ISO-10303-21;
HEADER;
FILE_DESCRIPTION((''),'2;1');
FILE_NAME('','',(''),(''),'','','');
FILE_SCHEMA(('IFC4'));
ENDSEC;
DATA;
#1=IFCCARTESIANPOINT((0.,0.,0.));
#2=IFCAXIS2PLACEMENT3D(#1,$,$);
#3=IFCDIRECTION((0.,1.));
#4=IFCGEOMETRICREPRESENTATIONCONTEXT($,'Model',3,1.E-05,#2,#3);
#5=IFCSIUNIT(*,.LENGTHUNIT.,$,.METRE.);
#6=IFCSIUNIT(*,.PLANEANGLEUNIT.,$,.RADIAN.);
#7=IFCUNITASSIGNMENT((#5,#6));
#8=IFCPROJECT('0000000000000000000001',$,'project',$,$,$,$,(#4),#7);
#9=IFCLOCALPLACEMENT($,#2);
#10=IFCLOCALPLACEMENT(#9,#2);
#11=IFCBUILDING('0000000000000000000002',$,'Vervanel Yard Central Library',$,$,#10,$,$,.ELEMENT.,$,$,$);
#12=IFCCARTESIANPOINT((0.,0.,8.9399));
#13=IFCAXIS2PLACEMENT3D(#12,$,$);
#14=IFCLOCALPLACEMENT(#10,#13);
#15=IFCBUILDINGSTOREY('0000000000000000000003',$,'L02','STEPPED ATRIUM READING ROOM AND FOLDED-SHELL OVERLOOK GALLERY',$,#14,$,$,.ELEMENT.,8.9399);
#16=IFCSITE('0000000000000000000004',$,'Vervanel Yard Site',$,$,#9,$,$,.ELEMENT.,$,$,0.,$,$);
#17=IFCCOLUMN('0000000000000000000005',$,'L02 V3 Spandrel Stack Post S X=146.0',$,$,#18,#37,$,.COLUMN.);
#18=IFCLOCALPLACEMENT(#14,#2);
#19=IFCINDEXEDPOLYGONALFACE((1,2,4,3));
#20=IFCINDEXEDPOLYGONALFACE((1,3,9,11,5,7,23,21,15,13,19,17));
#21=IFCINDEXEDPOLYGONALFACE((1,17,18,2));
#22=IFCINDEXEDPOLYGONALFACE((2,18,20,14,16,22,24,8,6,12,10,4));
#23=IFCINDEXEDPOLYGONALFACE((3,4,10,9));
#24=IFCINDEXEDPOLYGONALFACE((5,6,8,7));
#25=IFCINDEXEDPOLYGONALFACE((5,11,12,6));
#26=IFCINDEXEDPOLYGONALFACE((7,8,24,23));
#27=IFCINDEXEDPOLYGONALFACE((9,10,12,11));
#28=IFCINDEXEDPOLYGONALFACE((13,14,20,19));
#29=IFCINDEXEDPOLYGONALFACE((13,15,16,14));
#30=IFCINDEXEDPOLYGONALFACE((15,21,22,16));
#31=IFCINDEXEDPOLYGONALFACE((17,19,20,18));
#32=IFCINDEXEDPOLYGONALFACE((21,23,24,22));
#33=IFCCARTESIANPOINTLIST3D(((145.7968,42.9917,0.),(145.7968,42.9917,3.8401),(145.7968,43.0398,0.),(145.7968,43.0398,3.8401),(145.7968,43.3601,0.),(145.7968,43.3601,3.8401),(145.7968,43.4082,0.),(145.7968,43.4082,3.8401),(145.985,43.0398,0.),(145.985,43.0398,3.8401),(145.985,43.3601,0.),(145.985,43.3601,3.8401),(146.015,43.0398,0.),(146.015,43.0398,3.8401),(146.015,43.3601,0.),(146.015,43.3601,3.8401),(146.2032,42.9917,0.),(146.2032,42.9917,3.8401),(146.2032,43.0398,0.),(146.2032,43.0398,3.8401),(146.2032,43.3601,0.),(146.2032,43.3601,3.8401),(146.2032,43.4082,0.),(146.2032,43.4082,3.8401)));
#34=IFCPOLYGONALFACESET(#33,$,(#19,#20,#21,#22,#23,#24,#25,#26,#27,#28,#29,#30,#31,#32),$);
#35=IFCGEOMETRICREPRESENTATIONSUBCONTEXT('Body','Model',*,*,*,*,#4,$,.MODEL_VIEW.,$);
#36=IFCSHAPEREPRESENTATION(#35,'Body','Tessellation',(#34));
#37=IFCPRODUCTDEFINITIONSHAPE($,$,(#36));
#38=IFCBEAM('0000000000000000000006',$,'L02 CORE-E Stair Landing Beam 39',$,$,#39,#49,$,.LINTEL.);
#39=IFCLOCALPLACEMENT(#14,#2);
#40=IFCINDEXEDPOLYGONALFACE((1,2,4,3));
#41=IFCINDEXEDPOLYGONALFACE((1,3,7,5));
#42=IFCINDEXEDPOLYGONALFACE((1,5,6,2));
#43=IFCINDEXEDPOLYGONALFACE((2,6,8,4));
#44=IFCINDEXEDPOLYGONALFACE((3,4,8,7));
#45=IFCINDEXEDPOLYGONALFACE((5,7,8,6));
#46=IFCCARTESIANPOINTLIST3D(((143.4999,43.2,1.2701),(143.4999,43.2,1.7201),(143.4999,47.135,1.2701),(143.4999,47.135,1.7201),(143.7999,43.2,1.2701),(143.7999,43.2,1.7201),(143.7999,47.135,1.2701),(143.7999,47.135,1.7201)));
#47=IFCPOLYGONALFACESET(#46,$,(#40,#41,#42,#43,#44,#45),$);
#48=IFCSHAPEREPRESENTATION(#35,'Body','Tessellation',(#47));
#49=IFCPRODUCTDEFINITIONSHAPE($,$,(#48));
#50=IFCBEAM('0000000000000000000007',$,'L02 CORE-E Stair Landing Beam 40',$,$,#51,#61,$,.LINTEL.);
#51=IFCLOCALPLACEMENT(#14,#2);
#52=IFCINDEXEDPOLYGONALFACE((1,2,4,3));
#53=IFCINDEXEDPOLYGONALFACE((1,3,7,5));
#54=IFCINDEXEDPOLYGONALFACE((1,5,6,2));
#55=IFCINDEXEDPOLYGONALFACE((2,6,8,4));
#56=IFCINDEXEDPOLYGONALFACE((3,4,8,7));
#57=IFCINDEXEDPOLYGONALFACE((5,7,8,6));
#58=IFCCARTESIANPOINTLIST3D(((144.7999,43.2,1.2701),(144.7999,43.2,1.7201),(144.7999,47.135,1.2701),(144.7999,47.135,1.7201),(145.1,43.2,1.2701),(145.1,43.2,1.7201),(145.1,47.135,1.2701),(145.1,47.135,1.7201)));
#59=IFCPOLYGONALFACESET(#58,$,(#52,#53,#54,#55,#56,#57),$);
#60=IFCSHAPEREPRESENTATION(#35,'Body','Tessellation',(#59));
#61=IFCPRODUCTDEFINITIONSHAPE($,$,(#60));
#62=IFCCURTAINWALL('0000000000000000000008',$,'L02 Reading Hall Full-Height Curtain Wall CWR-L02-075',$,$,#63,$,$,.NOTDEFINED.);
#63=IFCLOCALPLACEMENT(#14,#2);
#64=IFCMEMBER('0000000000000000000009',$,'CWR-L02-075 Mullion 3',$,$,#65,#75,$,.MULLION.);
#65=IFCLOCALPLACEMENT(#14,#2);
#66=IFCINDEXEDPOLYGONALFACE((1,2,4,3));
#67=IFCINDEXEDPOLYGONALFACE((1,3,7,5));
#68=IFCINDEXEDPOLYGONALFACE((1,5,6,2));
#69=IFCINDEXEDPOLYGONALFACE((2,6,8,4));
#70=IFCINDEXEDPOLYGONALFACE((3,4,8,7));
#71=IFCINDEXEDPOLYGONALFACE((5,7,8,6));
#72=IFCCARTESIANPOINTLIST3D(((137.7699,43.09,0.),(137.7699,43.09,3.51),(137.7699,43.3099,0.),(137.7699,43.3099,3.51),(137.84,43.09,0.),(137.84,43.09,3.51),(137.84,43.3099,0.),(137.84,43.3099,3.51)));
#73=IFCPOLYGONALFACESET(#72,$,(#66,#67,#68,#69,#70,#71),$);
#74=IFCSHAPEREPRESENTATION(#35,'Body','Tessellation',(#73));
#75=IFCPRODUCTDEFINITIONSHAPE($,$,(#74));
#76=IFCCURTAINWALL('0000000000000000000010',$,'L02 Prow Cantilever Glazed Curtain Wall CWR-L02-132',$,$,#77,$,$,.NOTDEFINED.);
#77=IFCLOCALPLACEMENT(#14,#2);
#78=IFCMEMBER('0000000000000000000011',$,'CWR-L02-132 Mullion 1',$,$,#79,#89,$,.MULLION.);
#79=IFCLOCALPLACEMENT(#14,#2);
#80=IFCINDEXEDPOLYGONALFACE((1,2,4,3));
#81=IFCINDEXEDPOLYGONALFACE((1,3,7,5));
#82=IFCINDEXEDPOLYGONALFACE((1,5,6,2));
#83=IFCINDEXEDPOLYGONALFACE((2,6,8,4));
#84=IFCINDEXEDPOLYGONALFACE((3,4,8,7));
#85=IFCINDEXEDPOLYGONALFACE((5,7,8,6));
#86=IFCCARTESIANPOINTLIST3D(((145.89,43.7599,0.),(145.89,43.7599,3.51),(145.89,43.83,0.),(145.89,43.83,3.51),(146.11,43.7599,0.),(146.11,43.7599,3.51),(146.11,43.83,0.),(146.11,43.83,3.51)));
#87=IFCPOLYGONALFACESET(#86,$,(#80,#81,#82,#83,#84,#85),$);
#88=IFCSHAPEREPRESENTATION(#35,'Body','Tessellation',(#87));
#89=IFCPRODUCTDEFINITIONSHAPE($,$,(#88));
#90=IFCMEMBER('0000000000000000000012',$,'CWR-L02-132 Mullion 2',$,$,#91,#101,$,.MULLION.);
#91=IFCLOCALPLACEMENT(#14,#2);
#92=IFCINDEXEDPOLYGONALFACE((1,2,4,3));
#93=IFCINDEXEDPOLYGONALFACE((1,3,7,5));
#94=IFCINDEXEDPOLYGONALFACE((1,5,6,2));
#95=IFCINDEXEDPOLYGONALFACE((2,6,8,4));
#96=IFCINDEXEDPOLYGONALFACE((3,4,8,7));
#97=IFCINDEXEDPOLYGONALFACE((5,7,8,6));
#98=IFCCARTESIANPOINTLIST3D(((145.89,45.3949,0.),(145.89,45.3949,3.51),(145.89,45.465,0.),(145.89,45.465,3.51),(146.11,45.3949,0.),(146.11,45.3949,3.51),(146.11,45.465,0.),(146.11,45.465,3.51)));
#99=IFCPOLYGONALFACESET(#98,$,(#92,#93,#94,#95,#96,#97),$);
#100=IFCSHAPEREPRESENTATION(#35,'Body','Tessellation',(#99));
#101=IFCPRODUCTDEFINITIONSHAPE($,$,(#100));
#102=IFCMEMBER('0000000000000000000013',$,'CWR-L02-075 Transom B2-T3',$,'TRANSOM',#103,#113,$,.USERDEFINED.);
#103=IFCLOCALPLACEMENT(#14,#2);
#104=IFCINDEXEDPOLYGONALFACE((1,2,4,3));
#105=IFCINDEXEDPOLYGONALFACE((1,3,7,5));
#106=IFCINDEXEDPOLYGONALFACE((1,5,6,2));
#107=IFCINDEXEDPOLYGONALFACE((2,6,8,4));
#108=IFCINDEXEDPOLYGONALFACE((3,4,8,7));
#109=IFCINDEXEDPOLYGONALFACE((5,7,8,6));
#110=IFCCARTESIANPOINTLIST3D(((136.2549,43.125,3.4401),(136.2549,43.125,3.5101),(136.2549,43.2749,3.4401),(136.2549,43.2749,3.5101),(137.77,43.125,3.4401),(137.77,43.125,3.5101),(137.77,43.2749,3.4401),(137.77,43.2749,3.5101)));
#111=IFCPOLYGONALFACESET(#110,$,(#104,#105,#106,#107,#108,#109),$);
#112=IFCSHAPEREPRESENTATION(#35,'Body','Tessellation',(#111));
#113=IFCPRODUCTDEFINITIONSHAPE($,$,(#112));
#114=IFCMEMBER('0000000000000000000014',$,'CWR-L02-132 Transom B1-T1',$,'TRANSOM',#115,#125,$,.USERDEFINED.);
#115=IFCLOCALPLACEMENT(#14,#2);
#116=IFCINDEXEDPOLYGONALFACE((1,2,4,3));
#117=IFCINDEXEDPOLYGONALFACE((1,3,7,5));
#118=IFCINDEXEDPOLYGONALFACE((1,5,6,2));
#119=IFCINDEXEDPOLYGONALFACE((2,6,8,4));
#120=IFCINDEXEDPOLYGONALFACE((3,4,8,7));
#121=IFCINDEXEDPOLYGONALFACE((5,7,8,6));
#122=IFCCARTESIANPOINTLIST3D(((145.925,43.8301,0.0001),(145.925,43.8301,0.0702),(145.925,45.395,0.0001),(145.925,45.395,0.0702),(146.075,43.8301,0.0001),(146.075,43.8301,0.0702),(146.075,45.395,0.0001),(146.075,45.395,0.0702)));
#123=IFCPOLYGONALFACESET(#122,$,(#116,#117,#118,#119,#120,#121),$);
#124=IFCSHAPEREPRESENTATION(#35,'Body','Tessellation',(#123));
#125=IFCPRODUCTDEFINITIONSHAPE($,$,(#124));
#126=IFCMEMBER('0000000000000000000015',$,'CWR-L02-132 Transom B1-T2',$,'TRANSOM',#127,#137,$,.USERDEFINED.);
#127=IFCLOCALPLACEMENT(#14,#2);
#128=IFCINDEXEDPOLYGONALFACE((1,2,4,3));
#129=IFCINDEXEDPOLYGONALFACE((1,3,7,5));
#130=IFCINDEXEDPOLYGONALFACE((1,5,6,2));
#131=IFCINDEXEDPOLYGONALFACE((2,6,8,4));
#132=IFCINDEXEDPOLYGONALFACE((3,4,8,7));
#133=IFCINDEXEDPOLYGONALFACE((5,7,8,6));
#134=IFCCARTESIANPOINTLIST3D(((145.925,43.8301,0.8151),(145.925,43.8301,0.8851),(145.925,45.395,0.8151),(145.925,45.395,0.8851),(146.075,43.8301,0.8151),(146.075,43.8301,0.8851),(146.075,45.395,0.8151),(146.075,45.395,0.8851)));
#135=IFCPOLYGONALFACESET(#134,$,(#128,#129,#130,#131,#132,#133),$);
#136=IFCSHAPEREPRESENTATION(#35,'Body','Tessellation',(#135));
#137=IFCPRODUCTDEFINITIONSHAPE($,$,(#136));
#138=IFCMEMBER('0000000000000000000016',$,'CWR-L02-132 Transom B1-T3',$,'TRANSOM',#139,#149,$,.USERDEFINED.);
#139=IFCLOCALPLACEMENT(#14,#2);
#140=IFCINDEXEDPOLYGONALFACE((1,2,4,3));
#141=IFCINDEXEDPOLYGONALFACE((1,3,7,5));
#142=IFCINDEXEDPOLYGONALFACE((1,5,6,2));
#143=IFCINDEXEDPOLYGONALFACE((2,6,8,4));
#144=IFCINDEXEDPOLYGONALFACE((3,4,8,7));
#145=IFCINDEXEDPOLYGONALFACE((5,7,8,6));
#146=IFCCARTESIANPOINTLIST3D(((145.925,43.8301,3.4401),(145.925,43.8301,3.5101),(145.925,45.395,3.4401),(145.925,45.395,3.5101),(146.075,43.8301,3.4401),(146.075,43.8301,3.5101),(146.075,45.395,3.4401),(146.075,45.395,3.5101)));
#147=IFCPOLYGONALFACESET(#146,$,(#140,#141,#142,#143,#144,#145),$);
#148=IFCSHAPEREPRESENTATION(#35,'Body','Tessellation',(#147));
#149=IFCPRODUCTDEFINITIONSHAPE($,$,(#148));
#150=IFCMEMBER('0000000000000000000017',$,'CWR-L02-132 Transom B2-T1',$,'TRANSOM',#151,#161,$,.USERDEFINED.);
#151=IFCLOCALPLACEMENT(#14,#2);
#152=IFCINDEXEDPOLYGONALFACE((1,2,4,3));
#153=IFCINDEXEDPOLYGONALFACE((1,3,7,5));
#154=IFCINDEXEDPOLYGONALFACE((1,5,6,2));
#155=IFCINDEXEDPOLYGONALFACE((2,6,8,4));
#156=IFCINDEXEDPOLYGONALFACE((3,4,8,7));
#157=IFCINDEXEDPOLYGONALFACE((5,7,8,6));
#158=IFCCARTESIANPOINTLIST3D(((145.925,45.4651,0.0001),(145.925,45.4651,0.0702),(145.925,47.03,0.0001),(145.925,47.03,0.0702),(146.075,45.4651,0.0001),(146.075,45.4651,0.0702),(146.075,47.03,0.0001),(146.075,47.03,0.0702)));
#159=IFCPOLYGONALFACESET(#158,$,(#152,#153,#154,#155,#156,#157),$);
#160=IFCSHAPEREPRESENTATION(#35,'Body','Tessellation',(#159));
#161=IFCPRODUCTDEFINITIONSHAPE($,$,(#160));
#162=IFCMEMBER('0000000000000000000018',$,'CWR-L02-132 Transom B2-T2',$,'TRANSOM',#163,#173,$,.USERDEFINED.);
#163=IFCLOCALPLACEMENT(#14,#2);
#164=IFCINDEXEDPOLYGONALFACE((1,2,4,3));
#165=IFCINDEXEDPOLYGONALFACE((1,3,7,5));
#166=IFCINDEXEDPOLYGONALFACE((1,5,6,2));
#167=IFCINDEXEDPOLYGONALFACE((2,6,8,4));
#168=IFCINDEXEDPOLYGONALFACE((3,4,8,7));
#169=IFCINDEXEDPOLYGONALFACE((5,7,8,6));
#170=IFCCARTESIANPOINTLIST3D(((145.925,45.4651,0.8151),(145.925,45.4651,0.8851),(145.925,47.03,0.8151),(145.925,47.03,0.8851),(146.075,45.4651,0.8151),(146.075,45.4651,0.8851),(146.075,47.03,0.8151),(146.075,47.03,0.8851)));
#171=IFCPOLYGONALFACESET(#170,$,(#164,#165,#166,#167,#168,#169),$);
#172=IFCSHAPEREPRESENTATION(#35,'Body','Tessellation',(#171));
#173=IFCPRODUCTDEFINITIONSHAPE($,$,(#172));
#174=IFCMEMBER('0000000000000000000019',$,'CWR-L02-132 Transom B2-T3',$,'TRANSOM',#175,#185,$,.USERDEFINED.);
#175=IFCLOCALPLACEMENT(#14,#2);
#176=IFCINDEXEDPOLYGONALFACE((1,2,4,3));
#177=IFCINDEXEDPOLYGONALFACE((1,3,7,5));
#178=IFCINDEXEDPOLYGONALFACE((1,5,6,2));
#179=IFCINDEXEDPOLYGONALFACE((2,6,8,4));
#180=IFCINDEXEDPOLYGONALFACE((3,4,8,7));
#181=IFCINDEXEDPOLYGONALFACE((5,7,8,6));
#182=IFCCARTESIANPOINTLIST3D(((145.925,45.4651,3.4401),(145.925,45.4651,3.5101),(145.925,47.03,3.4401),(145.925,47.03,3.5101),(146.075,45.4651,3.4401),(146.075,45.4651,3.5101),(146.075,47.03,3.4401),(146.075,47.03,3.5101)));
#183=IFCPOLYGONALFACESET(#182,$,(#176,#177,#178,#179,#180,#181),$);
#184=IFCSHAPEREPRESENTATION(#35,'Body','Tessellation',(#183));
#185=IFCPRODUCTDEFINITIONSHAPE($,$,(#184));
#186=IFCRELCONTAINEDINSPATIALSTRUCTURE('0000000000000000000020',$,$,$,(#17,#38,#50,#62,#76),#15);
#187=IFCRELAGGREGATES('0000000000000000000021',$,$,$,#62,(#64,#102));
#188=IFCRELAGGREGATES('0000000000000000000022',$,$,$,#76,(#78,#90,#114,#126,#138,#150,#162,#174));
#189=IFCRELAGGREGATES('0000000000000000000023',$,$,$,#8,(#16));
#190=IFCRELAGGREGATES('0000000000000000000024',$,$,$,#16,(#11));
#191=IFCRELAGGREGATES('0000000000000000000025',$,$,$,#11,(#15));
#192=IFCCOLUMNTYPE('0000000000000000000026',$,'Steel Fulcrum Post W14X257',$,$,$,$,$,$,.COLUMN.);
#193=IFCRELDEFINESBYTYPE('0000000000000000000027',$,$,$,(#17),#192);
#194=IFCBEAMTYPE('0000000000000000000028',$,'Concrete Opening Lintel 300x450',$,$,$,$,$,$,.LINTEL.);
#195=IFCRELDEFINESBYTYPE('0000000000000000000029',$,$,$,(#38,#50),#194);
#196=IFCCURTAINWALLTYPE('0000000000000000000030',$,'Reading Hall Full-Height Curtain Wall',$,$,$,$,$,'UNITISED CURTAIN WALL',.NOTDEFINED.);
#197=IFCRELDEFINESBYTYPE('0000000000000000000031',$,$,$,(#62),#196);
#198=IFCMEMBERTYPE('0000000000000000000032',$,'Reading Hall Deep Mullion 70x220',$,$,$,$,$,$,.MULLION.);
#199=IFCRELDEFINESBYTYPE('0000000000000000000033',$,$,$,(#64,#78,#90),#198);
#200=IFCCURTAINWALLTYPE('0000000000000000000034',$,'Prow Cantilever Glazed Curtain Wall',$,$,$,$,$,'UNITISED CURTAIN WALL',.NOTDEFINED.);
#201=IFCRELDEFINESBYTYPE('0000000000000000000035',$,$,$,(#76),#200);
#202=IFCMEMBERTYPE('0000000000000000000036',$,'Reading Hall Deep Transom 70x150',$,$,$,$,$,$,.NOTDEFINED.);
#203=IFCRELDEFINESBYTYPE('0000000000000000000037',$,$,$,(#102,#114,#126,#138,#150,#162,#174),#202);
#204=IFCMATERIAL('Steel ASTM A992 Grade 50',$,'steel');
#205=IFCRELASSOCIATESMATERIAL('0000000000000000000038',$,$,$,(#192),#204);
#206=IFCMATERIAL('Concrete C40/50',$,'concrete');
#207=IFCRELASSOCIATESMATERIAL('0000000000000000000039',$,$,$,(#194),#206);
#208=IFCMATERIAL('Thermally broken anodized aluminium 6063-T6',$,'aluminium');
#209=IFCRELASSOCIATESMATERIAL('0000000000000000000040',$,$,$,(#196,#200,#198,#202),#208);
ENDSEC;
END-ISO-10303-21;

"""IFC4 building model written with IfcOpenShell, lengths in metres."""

from ifc_helpers import new_model, si_unit, direction, frame, origin, origin_2d, place, context, subcontext, project, spatial, rectangle, i_section, extrude, material, material_profile, profile_set, type_object, element, aggregate, save


model = new_model("IFC4")

# Units and contexts
model_context = context("Model", 3, precision=1e-05, world=origin(), true_north=direction((0.0, 1.0)))
body_context = subcontext(model_context, "Body", "Model", "MODEL_VIEW")
ifc_project = project(units=[si_unit("LENGTHUNIT", "METRE"), si_unit("PLANEANGLEUNIT", "RADIAN")], contexts=[model_context])

# Site, building, storey
site_placement = place(None, origin())
site = spatial("IfcSite", under=ifc_project, at=site_placement, Name="Vervanel Yard Site", CompositionType="ELEMENT", RefElevation=0.0)
building_placement = place(site_placement, origin())
building = spatial("IfcBuilding", under=site, at=building_placement, Name="Vervanel Yard Central Library", CompositionType="ELEMENT")
storey_placement = place(building_placement, frame((0.0, 0.0, 8.9399)))
storey = spatial("IfcBuildingStorey", under=building, at=storey_placement, Name="L02", Description="STEPPED ATRIUM READING ROOM AND FOLDED-SHELL OVERLOOK GALLERY", CompositionType="ELEMENT", Elevation=8.9399)

# Column
ifc_material_1 = material(Name="Steel ASTM A992 Grade 50", Category="steel")
ifc_material_profile_1 = material_profile(ifc_material_1, i_section(OverallWidth=0.4065, OverallDepth=0.4165, WebThickness=0.03, FlangeThickness=0.0481, at=origin_2d()), Name="W14X257", Category="steel")
ifc_profile_set_1 = profile_set([ifc_material_profile_1], Name="Steel ASTM A992 Grade 50")
column_type = type_object("IfcColumnType", Name="Steel Fulcrum Post W14X257", PredefinedType="COLUMN", material=ifc_profile_set_1)
column_placement = place(storey_placement, frame((146.0, 43.2, 0.0), z_axis=(0.0, 0.0, 1.0), x_axis=(1.0, 0.0, 0.0)))
element("IfcColumn", 1, at=column_placement, inside=storey, type_object=column_type, Name="L02 V3 Spandrel Stack Post S X=146.0", PredefinedType="COLUMN", context=body_context, shape_type="SweptSolid", body=[
    extrude(i_section(OverallWidth=0.4065, OverallDepth=0.4165, WebThickness=0.03, FlangeThickness=0.0481, at=origin_2d()), origin(), (0.0, 0.0, 1.0), 3.8401),
])

# Beams
ifc_material_2 = material(Name="Concrete C40/50", Category="concrete")
ifc_material_profile_2 = material_profile(ifc_material_2, rectangle(XDim=0.3, YDim=0.45, at=origin_2d()), Name="RC 300x450", Category="concrete")
ifc_profile_set_2 = profile_set([ifc_material_profile_2], Name="Concrete C40/50")
beam_type = type_object("IfcBeamType", Name="Concrete Opening Lintel 300x450", PredefinedType="LINTEL", material=ifc_profile_set_2)
for number, where, z_axis, x_axis, name in (
    (2, (143.6499, 43.2, 1.4951), (0.0, 1.0, 0.0), (-1.0, 0.0, 0.0), "L02 CORE-E Stair Landing Beam 39"),
    (3, (144.95, 43.2, 1.4951), (0.0, 1.0, 0.0), (-1.0, 0.0, 0.0), "L02 CORE-E Stair Landing Beam 40"),
):
    element("IfcBeam", number, at=place(storey_placement, frame(where, z_axis=z_axis, x_axis=x_axis)), inside=storey, type_object=beam_type, Name=name, PredefinedType="LINTEL", context=body_context, shape_type="SweptSolid", body=[
        extrude(rectangle(XDim=0.3, YDim=0.45, at=origin_2d()), origin(), (0.0, 0.0, 1.0), 3.9351),
    ])

# Curtain wall, member
ifc_material_3 = material(Name="Thermally broken anodized aluminium 6063-T6", Category="aluminium")
curtain_wall_type_1 = type_object("IfcCurtainWallType", Name="Reading Hall Full-Height Curtain Wall", ElementType="UNITISED CURTAIN WALL", PredefinedType="NOTDEFINED", material=ifc_material_3)
curtain_wall_1_placement = place(storey_placement, origin())
curtain_wall_1 = element("IfcCurtainWall", 4, at=curtain_wall_1_placement, inside=storey, type_object=curtain_wall_type_1, Name="L02 Reading Hall Full-Height Curtain Wall CWR-L02-075", PredefinedType="NOTDEFINED")
ifc_material_profile_3 = material_profile(ifc_material_3, rectangle(XDim=0.0701, YDim=0.22, at=origin_2d()), Name="ALU 70x220", Category="aluminium")
ifc_profile_set_3 = profile_set([ifc_material_profile_3], Name="Thermally broken anodized aluminium 6063-T6")
member_type_1 = type_object("IfcMemberType", Name="Reading Hall Deep Mullion 70x220", PredefinedType="MULLION", material=ifc_profile_set_3)
member_1_placement = place(storey_placement, frame((137.8049, 43.2, 0.0), z_axis=(0.0, 0.0, 1.0), x_axis=(1.0, 0.0, 0.0)))
member_1 = element("IfcMember", 5, at=member_1_placement, type_object=member_type_1, Name="CWR-L02-075 Mullion 3", PredefinedType="MULLION", context=body_context, shape_type="SweptSolid", body=[
    extrude(rectangle(XDim=0.0701, YDim=0.22, at=origin_2d()), origin(), (0.0, 0.0, 1.0), 3.51),
])

# Curtain wall, members
curtain_wall_type_2 = type_object("IfcCurtainWallType", Name="Prow Cantilever Glazed Curtain Wall", ElementType="UNITISED CURTAIN WALL", PredefinedType="NOTDEFINED", material=ifc_material_3)
curtain_wall_2_placement = place(storey_placement, origin())
curtain_wall_2 = element("IfcCurtainWall", 6, at=curtain_wall_2_placement, inside=storey, type_object=curtain_wall_type_2, Name="L02 Prow Cantilever Glazed Curtain Wall CWR-L02-132", PredefinedType="NOTDEFINED")
member_2_placement = place(storey_placement, frame((146.0, 43.7949, 0.0), z_axis=(0.0, 0.0, 1.0), x_axis=(0.0, 1.0, 0.0)))
member_2 = element("IfcMember", 7, at=member_2_placement, type_object=member_type_1, Name="CWR-L02-132 Mullion 1", PredefinedType="MULLION", context=body_context, shape_type="SweptSolid", body=[
    extrude(rectangle(XDim=0.0701, YDim=0.22, at=origin_2d()), origin(), (0.0, 0.0, 1.0), 3.51),
])
member_3_placement = place(storey_placement, frame((146.0, 45.4299, 0.0), z_axis=(0.0, 0.0, 1.0), x_axis=(0.0, 1.0, 0.0)))
member_3 = element("IfcMember", 8, at=member_3_placement, type_object=member_type_1, Name="CWR-L02-132 Mullion 2", PredefinedType="MULLION", context=body_context, shape_type="SweptSolid", body=[
    extrude(rectangle(XDim=0.0701, YDim=0.22, at=origin_2d()), origin(), (0.0, 0.0, 1.0), 3.51),
])

# Members
ifc_material_profile_4 = material_profile(ifc_material_3, rectangle(XDim=0.0701, YDim=0.1499, at=origin_2d()), Name="ALU 70x150", Category="aluminium")
ifc_profile_set_4 = profile_set([ifc_material_profile_4], Name="Thermally broken anodized aluminium 6063-T6")
member_type_2 = type_object("IfcMemberType", Name="Reading Hall Deep Transom 70x150", PredefinedType="NOTDEFINED", material=ifc_profile_set_4)
member_4_placement = place(storey_placement, frame((136.2549, 43.2, 3.4751), z_axis=(1.0, 0.0, 0.0), x_axis=(0.0, 0.0, 1.0)))
member_4 = element("IfcMember", 9, at=member_4_placement, type_object=member_type_2, Name="CWR-L02-075 Transom B2-T3", ObjectType="TRANSOM", PredefinedType="USERDEFINED", context=body_context, shape_type="SweptSolid", body=[
    extrude(rectangle(XDim=0.0701, YDim=0.1499, at=origin_2d()), origin(), (0.0, 0.0, 1.0), 1.5151),
])
member_5_placement = place(storey_placement, frame((146.0, 43.8301, 0.0352), z_axis=(0.0, 1.0, 0.0), x_axis=(0.0, 0.0, 1.0)))
member_5 = element("IfcMember", 10, at=member_5_placement, type_object=member_type_2, Name="CWR-L02-132 Transom B1-T1", ObjectType="TRANSOM", PredefinedType="USERDEFINED", context=body_context, shape_type="SweptSolid", body=[
    extrude(rectangle(XDim=0.0701, YDim=0.1499, at=origin_2d()), origin(), (0.0, 0.0, 1.0), 1.5649),
])
member_6_placement = place(storey_placement, frame((146.0, 43.8301, 0.8501), z_axis=(0.0, 1.0, 0.0), x_axis=(0.0, 0.0, 1.0)))
member_6 = element("IfcMember", 11, at=member_6_placement, type_object=member_type_2, Name="CWR-L02-132 Transom B1-T2", ObjectType="TRANSOM", PredefinedType="USERDEFINED", context=body_context, shape_type="SweptSolid", body=[
    extrude(rectangle(XDim=0.0701, YDim=0.1499, at=origin_2d()), origin(), (0.0, 0.0, 1.0), 1.5649),
])
member_7_placement = place(storey_placement, frame((146.0, 43.8301, 3.4751), z_axis=(0.0, 1.0, 0.0), x_axis=(0.0, 0.0, 1.0)))
member_7 = element("IfcMember", 12, at=member_7_placement, type_object=member_type_2, Name="CWR-L02-132 Transom B1-T3", ObjectType="TRANSOM", PredefinedType="USERDEFINED", context=body_context, shape_type="SweptSolid", body=[
    extrude(rectangle(XDim=0.0701, YDim=0.1499, at=origin_2d()), origin(), (0.0, 0.0, 1.0), 1.5649),
])
member_8_placement = place(storey_placement, frame((146.0, 45.4651, 0.0352), z_axis=(0.0, 1.0, 0.0), x_axis=(0.0, 0.0, 1.0)))
member_8 = element("IfcMember", 13, at=member_8_placement, type_object=member_type_2, Name="CWR-L02-132 Transom B2-T1", ObjectType="TRANSOM", PredefinedType="USERDEFINED", context=body_context, shape_type="SweptSolid", body=[
    extrude(rectangle(XDim=0.0701, YDim=0.1499, at=origin_2d()), origin(), (0.0, 0.0, 1.0), 1.5649),
])
member_9_placement = place(storey_placement, frame((146.0, 45.4651, 0.8501), z_axis=(0.0, 1.0, 0.0), x_axis=(0.0, 0.0, 1.0)))
member_9 = element("IfcMember", 14, at=member_9_placement, type_object=member_type_2, Name="CWR-L02-132 Transom B2-T2", ObjectType="TRANSOM", PredefinedType="USERDEFINED", context=body_context, shape_type="SweptSolid", body=[
    extrude(rectangle(XDim=0.0701, YDim=0.1499, at=origin_2d()), origin(), (0.0, 0.0, 1.0), 1.5649),
])
member_10_placement = place(storey_placement, frame((146.0, 45.4651, 3.4751), z_axis=(0.0, 1.0, 0.0), x_axis=(0.0, 0.0, 1.0)))
member_10 = element("IfcMember", 15, at=member_10_placement, type_object=member_type_2, Name="CWR-L02-132 Transom B2-T3", ObjectType="TRANSOM", PredefinedType="USERDEFINED", context=body_context, shape_type="SweptSolid", body=[
    extrude(rectangle(XDim=0.0701, YDim=0.1499, at=origin_2d()), origin(), (0.0, 0.0, 1.0), 1.5649),
])

aggregate(curtain_wall_1, [member_1, member_4])
aggregate(curtain_wall_2, [member_2, member_3, member_5, member_6, member_7, member_8, member_9, member_10])

save(model, "model.ifc")
